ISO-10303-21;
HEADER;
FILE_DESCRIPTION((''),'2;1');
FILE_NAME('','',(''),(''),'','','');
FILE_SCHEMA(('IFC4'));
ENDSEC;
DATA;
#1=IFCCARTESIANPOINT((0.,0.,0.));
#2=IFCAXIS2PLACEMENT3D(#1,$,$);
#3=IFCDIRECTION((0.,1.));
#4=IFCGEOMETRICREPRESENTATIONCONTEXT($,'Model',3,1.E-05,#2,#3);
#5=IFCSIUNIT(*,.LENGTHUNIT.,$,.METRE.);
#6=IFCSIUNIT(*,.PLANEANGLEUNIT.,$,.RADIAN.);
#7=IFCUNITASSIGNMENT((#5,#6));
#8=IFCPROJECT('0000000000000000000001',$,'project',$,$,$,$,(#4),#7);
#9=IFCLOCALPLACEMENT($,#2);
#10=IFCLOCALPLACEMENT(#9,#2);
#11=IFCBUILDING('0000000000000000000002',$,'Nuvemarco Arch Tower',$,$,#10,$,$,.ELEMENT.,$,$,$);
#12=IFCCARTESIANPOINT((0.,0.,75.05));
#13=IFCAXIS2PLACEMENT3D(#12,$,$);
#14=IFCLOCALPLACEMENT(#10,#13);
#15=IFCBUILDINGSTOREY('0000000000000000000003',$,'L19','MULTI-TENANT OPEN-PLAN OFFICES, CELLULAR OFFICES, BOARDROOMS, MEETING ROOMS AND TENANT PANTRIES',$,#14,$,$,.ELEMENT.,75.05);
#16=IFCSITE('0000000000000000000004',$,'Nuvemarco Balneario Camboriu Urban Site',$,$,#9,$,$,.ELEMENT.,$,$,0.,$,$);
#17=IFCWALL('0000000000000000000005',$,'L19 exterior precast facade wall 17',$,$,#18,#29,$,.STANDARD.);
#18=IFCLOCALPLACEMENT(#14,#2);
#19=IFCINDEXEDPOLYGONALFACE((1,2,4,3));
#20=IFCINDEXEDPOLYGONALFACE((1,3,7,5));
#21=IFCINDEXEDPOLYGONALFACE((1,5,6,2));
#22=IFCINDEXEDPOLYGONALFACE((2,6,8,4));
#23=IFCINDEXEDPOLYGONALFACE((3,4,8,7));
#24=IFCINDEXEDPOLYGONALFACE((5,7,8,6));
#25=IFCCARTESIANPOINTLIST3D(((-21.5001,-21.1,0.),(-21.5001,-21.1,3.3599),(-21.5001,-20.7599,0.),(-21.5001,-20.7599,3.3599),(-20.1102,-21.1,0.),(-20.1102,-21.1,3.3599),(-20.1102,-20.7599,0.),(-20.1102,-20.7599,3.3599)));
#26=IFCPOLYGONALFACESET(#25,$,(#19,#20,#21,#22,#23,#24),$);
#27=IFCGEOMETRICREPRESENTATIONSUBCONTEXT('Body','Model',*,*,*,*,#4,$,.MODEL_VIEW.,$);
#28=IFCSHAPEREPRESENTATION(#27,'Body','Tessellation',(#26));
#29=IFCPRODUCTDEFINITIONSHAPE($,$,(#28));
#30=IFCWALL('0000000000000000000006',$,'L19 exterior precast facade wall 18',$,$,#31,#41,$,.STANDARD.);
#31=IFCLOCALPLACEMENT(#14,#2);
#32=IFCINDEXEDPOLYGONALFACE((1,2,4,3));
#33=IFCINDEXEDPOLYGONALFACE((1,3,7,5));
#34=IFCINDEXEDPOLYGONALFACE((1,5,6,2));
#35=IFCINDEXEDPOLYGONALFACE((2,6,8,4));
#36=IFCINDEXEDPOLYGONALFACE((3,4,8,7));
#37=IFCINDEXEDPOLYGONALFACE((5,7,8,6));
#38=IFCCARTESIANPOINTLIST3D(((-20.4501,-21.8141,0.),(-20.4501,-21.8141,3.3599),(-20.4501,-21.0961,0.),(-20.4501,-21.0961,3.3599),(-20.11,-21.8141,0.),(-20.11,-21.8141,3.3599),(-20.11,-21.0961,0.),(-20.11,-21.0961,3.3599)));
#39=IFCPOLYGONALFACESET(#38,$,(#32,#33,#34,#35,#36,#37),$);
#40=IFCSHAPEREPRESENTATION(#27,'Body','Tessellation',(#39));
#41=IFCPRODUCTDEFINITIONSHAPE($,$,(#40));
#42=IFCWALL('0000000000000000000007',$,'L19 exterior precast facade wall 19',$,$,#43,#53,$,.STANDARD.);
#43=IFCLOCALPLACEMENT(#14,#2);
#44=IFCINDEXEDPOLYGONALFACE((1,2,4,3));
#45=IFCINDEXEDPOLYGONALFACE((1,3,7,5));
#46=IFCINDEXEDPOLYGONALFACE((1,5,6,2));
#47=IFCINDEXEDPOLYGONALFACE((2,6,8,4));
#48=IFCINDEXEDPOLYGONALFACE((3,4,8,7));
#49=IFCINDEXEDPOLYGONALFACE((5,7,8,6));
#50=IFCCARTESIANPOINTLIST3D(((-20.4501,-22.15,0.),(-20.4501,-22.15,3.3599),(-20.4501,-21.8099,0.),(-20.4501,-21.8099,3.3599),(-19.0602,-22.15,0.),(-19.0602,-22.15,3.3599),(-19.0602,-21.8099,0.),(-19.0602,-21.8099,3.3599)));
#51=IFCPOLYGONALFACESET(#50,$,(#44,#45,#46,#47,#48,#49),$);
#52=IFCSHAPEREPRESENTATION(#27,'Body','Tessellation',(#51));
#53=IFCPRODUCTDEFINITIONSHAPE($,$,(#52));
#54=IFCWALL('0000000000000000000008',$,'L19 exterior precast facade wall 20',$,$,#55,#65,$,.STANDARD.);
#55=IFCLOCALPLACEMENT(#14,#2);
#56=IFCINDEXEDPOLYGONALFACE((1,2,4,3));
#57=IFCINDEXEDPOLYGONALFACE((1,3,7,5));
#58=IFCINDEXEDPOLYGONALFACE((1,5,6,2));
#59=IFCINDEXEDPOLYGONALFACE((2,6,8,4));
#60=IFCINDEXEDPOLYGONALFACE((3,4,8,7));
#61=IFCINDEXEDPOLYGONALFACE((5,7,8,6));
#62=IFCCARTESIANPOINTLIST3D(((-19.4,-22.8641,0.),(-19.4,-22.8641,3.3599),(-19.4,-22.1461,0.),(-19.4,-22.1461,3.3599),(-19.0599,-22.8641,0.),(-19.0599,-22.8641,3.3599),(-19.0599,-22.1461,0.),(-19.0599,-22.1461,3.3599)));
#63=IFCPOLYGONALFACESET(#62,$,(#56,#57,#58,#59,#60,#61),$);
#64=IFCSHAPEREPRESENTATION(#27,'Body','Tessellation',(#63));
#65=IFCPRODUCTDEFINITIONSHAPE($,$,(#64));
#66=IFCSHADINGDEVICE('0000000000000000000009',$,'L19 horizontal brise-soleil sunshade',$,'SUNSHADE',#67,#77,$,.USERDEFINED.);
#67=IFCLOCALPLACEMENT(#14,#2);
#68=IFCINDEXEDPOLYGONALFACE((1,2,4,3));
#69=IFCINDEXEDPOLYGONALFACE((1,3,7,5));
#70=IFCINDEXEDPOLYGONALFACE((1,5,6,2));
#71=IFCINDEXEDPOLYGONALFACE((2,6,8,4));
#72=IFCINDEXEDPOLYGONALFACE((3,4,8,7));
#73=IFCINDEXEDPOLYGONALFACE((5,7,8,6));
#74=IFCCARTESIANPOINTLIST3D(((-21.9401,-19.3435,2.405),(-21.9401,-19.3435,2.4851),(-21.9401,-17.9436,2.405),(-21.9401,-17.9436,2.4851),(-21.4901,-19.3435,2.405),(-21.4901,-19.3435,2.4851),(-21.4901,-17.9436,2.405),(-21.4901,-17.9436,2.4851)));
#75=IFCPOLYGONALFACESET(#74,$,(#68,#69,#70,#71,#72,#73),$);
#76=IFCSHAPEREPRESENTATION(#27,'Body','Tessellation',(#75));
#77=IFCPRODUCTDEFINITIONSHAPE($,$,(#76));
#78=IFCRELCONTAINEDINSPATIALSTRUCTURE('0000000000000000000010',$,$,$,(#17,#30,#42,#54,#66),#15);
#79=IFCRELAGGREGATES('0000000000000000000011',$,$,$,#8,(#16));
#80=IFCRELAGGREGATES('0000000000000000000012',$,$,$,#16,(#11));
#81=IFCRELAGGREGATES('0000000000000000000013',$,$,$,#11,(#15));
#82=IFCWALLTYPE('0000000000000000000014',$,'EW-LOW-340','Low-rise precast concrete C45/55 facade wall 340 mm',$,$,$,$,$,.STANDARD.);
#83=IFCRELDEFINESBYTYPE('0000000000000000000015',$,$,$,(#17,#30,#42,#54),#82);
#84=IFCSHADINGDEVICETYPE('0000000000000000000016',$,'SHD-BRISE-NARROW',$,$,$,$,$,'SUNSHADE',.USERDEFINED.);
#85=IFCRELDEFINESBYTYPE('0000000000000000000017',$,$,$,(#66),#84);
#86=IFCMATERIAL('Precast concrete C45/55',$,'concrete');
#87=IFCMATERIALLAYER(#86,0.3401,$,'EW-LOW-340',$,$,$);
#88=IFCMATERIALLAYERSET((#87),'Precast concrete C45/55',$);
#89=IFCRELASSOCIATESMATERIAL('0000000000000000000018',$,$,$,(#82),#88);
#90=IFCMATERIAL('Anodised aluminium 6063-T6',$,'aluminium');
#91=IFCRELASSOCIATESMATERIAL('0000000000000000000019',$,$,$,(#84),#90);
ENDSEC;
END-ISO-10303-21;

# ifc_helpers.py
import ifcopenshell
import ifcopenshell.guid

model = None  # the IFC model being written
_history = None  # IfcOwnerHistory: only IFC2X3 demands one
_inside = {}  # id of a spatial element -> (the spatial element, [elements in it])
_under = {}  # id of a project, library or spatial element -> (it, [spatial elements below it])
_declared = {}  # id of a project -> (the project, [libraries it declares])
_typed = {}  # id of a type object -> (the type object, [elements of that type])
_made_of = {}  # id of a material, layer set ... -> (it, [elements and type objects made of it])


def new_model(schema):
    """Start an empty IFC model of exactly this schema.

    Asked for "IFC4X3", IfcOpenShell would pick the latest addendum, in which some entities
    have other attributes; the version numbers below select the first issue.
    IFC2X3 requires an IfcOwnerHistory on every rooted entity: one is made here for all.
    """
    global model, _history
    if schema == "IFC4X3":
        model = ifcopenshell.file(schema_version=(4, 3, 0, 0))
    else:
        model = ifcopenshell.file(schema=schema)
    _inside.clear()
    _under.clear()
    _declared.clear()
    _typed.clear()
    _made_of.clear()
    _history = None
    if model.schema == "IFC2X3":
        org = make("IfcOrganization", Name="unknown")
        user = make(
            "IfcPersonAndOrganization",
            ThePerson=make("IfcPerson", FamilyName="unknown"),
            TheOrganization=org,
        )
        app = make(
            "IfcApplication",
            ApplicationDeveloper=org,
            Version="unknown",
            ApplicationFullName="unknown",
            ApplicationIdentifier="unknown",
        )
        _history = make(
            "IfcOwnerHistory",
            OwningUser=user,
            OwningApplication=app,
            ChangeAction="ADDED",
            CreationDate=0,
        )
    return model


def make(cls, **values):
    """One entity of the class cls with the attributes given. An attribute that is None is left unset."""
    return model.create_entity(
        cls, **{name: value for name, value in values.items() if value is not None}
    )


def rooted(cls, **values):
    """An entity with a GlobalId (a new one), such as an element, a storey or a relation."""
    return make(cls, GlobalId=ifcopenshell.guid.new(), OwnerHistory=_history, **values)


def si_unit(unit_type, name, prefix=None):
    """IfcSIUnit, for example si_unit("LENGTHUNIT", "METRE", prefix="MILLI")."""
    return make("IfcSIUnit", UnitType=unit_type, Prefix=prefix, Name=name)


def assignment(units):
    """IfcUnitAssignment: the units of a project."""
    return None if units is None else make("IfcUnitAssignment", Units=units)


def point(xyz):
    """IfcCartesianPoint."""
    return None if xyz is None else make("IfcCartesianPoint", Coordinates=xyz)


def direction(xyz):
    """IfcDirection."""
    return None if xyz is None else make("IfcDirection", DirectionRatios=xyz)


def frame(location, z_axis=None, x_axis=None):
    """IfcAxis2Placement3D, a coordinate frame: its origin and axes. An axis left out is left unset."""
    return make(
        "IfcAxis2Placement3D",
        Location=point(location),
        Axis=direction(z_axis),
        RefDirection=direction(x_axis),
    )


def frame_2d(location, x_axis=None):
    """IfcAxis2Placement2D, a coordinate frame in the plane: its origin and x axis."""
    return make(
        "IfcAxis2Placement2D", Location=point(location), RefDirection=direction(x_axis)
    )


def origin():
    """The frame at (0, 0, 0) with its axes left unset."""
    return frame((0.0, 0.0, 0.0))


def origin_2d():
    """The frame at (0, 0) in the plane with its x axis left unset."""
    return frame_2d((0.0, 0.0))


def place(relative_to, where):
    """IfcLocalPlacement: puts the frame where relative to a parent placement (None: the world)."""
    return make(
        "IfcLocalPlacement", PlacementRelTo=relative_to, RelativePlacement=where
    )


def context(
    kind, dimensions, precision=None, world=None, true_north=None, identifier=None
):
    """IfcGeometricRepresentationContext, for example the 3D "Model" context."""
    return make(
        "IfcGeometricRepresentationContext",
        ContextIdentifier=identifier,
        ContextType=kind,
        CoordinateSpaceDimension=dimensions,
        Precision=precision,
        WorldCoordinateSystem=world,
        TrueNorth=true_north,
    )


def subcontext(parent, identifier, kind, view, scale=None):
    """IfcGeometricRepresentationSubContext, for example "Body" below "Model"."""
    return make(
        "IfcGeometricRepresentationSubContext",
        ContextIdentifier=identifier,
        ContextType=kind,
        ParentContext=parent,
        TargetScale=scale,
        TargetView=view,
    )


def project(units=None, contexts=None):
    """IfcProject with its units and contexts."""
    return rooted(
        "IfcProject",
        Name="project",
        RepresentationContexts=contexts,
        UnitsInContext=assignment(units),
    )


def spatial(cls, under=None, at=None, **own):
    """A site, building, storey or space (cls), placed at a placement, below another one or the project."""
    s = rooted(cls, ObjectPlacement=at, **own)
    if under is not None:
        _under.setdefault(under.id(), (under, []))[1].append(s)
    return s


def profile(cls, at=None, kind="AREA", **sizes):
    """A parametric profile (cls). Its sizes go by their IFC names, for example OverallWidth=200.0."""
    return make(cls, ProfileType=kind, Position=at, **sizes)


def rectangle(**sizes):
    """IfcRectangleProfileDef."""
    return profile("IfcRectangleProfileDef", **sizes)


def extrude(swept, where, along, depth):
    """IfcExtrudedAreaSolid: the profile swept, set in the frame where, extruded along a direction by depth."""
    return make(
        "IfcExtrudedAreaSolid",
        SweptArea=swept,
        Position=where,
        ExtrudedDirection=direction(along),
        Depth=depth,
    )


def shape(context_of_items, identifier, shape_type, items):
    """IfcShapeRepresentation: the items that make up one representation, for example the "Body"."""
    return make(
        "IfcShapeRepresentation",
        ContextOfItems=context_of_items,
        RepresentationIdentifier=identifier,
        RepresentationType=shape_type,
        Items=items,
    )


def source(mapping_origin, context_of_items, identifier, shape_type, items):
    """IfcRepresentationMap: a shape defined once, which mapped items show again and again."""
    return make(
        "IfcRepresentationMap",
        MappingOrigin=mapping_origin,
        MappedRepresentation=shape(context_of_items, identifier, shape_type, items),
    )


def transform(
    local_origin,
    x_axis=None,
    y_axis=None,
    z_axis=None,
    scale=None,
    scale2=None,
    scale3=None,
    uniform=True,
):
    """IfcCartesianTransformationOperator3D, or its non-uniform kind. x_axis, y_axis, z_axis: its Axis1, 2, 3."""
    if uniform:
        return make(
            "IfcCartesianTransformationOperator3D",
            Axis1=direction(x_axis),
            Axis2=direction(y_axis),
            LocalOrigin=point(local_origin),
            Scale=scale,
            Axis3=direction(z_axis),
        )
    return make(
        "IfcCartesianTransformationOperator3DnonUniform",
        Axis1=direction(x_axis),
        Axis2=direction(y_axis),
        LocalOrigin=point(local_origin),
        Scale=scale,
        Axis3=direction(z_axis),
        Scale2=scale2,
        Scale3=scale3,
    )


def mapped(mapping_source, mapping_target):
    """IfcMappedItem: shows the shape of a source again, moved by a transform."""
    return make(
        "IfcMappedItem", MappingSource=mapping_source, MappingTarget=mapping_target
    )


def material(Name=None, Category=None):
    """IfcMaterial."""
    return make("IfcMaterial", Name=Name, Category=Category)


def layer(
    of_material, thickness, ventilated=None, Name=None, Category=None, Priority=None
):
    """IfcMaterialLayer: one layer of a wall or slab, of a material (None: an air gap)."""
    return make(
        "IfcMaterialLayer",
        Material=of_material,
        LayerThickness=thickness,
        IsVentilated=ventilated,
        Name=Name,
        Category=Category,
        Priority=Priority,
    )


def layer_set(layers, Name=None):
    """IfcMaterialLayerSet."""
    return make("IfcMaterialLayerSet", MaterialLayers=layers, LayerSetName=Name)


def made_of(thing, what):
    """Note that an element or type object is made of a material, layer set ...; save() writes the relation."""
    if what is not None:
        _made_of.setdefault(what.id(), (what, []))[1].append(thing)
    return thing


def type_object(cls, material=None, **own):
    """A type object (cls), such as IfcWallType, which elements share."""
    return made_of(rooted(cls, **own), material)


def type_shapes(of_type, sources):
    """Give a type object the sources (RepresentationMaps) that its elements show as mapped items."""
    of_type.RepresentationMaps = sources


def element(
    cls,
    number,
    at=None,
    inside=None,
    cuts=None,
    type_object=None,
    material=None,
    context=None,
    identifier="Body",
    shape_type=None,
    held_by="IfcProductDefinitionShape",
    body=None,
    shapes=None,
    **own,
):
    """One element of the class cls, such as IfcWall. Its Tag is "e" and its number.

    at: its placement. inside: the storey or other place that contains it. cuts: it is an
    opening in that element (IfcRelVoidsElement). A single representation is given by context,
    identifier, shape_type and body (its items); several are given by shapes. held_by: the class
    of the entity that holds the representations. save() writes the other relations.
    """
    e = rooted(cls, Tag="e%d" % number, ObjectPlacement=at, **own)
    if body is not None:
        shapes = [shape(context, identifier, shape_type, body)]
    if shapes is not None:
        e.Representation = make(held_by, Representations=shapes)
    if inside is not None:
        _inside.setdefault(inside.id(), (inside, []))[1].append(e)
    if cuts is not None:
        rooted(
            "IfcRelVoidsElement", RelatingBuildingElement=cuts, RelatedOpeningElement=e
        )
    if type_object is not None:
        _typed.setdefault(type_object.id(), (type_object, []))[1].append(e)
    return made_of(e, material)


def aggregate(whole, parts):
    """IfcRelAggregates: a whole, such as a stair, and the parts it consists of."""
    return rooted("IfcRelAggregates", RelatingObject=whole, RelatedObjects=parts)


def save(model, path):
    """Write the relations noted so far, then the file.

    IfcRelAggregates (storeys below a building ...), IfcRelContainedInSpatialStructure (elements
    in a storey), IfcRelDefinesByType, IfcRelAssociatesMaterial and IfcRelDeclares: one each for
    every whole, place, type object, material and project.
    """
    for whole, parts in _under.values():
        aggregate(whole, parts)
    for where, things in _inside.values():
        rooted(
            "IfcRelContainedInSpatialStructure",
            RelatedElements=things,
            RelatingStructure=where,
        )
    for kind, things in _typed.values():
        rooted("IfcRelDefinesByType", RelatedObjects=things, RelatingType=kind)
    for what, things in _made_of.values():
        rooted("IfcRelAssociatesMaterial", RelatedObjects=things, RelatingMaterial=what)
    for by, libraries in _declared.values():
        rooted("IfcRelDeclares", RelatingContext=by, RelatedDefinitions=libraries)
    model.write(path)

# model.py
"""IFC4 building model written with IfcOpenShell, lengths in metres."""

from ifc_helpers import new_model, si_unit, direction, frame, frame_2d, origin, origin_2d, place, context, subcontext, project, spatial, rectangle, extrude, source, transform, mapped, material, layer, layer_set, type_object, type_shapes, element, save


model = new_model("IFC4")

# Units and contexts
model_context = context("Model", 3, precision=1e-05, world=origin(), true_north=direction((0.0, 1.0)))
body_context = subcontext(model_context, "Body", "Model", "MODEL_VIEW")
ifc_project = project(units=[si_unit("LENGTHUNIT", "METRE"), si_unit("PLANEANGLEUNIT", "RADIAN")], contexts=[model_context])

# Site, building, storey
site_placement = place(None, origin())
site = spatial("IfcSite", under=ifc_project, at=site_placement, Name="Nuvemarco Balneario Camboriu Urban Site", CompositionType="ELEMENT", RefElevation=0.0)
building_placement = place(site_placement, origin())
building = spatial("IfcBuilding", under=site, at=building_placement, Name="Nuvemarco Arch Tower", CompositionType="ELEMENT")
storey_placement = place(building_placement, frame((0.0, 0.0, 75.05)))
storey = spatial("IfcBuildingStorey", under=building, at=storey_placement, Name="L19", Description="MULTI-TENANT OPEN-PLAN OFFICES, CELLULAR OFFICES, BOARDROOMS, MEETING ROOMS AND TENANT PANTRIES", CompositionType="ELEMENT", Elevation=75.05)

# Shared definitions
ifc_material_1 = material(Name="Precast concrete C45/55", Category="concrete")

# Shared definitions
ifc_layer = layer(ifc_material_1, 0.3401, Name="EW-LOW-340")
ifc_layer_set = layer_set([ifc_layer], Name="Precast concrete C45/55")
wall_type = type_object("IfcWallType", Name="EW-LOW-340", Description="Low-rise precast concrete C45/55 facade wall 340 mm", PredefinedType="STANDARD", material=ifc_layer_set)

# Walls
wall_1_placement = place(storey_placement, frame((-21.5, -20.9299, 0.0), z_axis=(0.0, 0.0, 1.0), x_axis=(1.0, 0.0, 0.0)))
element("IfcWall", 1, at=wall_1_placement, inside=storey, type_object=wall_type, Name="L19 exterior precast facade wall 17", PredefinedType="STANDARD", context=body_context, shape_type="SweptSolid", body=[
    extrude(rectangle(XDim=1.3899, YDim=0.3401, at=frame_2d((0.6948, 0.0))), origin(), (0.0, 0.0, 1.0), 3.3599),
])
wall_2_placement = place(storey_placement, frame((-20.28, -21.814, 0.0), z_axis=(0.0, 0.0, 1.0), x_axis=(0.0, 1.0, 0.0)))
element("IfcWall", 2, at=wall_2_placement, inside=storey, type_object=wall_type, Name="L19 exterior precast facade wall 18", PredefinedType="STANDARD", context=body_context, shape_type="SweptSolid", body=[
    extrude(rectangle(XDim=0.718, YDim=0.3401, at=frame_2d((0.3589, 0.0))), origin(), (0.0, 0.0, 1.0), 3.3599),
])
wall_3_placement = place(storey_placement, frame((-20.45, -21.98, 0.0), z_axis=(0.0, 0.0, 1.0), x_axis=(1.0, 0.0, 0.0)))
element("IfcWall", 3, at=wall_3_placement, inside=storey, type_object=wall_type, Name="L19 exterior precast facade wall 19", PredefinedType="STANDARD", context=body_context, shape_type="SweptSolid", body=[
    extrude(rectangle(XDim=1.3899, YDim=0.3401, at=frame_2d((0.6948, 0.0))), origin(), (0.0, 0.0, 1.0), 3.3599),
])
wall_4_placement = place(storey_placement, frame((-19.23, -22.864, 0.0), z_axis=(0.0, 0.0, 1.0), x_axis=(0.0, 1.0, 0.0)))
element("IfcWall", 4, at=wall_4_placement, inside=storey, type_object=wall_type, Name="L19 exterior precast facade wall 20", PredefinedType="STANDARD", context=body_context, shape_type="SweptSolid", body=[
    extrude(rectangle(XDim=0.718, YDim=0.3401, at=frame_2d((0.3589, 0.0))), origin(), (0.0, 0.0, 1.0), 3.3599),
])

# Shading device
ifc_material_2 = material(Name="Anodised aluminium 6063-T6", Category="aluminium")
shading_device_type = type_object("IfcShadingDeviceType", Name="SHD-BRISE-NARROW", ElementType="SUNSHADE", PredefinedType="USERDEFINED", material=ifc_material_2)
shared_shape_1 = source(origin(), body_context, "Body", "SweptSolid", [
    extrude(rectangle(XDim=1.3999, YDim=0.45, at=origin_2d()), origin(), (0.0, 0.0, 1.0), 0.0801),
])
type_shapes(shading_device_type, [shared_shape_1])
shading_device_placement = place(storey_placement, frame((-21.7151, -18.6436, 2.405), z_axis=(0.0, 0.0, 1.0), x_axis=(0.0, 1.0, 0.0)))
element("IfcShadingDevice", 5, at=shading_device_placement, inside=storey, type_object=shading_device_type, Name="L19 horizontal brise-soleil sunshade", ObjectType="SUNSHADE", PredefinedType="USERDEFINED", context=body_context, shape_type="MappedRepresentation", body=[
    mapped(shared_shape_1, transform((0.0, 0.0, 0.0), scale=1.0)),
])

save(model, "model.ifc")
